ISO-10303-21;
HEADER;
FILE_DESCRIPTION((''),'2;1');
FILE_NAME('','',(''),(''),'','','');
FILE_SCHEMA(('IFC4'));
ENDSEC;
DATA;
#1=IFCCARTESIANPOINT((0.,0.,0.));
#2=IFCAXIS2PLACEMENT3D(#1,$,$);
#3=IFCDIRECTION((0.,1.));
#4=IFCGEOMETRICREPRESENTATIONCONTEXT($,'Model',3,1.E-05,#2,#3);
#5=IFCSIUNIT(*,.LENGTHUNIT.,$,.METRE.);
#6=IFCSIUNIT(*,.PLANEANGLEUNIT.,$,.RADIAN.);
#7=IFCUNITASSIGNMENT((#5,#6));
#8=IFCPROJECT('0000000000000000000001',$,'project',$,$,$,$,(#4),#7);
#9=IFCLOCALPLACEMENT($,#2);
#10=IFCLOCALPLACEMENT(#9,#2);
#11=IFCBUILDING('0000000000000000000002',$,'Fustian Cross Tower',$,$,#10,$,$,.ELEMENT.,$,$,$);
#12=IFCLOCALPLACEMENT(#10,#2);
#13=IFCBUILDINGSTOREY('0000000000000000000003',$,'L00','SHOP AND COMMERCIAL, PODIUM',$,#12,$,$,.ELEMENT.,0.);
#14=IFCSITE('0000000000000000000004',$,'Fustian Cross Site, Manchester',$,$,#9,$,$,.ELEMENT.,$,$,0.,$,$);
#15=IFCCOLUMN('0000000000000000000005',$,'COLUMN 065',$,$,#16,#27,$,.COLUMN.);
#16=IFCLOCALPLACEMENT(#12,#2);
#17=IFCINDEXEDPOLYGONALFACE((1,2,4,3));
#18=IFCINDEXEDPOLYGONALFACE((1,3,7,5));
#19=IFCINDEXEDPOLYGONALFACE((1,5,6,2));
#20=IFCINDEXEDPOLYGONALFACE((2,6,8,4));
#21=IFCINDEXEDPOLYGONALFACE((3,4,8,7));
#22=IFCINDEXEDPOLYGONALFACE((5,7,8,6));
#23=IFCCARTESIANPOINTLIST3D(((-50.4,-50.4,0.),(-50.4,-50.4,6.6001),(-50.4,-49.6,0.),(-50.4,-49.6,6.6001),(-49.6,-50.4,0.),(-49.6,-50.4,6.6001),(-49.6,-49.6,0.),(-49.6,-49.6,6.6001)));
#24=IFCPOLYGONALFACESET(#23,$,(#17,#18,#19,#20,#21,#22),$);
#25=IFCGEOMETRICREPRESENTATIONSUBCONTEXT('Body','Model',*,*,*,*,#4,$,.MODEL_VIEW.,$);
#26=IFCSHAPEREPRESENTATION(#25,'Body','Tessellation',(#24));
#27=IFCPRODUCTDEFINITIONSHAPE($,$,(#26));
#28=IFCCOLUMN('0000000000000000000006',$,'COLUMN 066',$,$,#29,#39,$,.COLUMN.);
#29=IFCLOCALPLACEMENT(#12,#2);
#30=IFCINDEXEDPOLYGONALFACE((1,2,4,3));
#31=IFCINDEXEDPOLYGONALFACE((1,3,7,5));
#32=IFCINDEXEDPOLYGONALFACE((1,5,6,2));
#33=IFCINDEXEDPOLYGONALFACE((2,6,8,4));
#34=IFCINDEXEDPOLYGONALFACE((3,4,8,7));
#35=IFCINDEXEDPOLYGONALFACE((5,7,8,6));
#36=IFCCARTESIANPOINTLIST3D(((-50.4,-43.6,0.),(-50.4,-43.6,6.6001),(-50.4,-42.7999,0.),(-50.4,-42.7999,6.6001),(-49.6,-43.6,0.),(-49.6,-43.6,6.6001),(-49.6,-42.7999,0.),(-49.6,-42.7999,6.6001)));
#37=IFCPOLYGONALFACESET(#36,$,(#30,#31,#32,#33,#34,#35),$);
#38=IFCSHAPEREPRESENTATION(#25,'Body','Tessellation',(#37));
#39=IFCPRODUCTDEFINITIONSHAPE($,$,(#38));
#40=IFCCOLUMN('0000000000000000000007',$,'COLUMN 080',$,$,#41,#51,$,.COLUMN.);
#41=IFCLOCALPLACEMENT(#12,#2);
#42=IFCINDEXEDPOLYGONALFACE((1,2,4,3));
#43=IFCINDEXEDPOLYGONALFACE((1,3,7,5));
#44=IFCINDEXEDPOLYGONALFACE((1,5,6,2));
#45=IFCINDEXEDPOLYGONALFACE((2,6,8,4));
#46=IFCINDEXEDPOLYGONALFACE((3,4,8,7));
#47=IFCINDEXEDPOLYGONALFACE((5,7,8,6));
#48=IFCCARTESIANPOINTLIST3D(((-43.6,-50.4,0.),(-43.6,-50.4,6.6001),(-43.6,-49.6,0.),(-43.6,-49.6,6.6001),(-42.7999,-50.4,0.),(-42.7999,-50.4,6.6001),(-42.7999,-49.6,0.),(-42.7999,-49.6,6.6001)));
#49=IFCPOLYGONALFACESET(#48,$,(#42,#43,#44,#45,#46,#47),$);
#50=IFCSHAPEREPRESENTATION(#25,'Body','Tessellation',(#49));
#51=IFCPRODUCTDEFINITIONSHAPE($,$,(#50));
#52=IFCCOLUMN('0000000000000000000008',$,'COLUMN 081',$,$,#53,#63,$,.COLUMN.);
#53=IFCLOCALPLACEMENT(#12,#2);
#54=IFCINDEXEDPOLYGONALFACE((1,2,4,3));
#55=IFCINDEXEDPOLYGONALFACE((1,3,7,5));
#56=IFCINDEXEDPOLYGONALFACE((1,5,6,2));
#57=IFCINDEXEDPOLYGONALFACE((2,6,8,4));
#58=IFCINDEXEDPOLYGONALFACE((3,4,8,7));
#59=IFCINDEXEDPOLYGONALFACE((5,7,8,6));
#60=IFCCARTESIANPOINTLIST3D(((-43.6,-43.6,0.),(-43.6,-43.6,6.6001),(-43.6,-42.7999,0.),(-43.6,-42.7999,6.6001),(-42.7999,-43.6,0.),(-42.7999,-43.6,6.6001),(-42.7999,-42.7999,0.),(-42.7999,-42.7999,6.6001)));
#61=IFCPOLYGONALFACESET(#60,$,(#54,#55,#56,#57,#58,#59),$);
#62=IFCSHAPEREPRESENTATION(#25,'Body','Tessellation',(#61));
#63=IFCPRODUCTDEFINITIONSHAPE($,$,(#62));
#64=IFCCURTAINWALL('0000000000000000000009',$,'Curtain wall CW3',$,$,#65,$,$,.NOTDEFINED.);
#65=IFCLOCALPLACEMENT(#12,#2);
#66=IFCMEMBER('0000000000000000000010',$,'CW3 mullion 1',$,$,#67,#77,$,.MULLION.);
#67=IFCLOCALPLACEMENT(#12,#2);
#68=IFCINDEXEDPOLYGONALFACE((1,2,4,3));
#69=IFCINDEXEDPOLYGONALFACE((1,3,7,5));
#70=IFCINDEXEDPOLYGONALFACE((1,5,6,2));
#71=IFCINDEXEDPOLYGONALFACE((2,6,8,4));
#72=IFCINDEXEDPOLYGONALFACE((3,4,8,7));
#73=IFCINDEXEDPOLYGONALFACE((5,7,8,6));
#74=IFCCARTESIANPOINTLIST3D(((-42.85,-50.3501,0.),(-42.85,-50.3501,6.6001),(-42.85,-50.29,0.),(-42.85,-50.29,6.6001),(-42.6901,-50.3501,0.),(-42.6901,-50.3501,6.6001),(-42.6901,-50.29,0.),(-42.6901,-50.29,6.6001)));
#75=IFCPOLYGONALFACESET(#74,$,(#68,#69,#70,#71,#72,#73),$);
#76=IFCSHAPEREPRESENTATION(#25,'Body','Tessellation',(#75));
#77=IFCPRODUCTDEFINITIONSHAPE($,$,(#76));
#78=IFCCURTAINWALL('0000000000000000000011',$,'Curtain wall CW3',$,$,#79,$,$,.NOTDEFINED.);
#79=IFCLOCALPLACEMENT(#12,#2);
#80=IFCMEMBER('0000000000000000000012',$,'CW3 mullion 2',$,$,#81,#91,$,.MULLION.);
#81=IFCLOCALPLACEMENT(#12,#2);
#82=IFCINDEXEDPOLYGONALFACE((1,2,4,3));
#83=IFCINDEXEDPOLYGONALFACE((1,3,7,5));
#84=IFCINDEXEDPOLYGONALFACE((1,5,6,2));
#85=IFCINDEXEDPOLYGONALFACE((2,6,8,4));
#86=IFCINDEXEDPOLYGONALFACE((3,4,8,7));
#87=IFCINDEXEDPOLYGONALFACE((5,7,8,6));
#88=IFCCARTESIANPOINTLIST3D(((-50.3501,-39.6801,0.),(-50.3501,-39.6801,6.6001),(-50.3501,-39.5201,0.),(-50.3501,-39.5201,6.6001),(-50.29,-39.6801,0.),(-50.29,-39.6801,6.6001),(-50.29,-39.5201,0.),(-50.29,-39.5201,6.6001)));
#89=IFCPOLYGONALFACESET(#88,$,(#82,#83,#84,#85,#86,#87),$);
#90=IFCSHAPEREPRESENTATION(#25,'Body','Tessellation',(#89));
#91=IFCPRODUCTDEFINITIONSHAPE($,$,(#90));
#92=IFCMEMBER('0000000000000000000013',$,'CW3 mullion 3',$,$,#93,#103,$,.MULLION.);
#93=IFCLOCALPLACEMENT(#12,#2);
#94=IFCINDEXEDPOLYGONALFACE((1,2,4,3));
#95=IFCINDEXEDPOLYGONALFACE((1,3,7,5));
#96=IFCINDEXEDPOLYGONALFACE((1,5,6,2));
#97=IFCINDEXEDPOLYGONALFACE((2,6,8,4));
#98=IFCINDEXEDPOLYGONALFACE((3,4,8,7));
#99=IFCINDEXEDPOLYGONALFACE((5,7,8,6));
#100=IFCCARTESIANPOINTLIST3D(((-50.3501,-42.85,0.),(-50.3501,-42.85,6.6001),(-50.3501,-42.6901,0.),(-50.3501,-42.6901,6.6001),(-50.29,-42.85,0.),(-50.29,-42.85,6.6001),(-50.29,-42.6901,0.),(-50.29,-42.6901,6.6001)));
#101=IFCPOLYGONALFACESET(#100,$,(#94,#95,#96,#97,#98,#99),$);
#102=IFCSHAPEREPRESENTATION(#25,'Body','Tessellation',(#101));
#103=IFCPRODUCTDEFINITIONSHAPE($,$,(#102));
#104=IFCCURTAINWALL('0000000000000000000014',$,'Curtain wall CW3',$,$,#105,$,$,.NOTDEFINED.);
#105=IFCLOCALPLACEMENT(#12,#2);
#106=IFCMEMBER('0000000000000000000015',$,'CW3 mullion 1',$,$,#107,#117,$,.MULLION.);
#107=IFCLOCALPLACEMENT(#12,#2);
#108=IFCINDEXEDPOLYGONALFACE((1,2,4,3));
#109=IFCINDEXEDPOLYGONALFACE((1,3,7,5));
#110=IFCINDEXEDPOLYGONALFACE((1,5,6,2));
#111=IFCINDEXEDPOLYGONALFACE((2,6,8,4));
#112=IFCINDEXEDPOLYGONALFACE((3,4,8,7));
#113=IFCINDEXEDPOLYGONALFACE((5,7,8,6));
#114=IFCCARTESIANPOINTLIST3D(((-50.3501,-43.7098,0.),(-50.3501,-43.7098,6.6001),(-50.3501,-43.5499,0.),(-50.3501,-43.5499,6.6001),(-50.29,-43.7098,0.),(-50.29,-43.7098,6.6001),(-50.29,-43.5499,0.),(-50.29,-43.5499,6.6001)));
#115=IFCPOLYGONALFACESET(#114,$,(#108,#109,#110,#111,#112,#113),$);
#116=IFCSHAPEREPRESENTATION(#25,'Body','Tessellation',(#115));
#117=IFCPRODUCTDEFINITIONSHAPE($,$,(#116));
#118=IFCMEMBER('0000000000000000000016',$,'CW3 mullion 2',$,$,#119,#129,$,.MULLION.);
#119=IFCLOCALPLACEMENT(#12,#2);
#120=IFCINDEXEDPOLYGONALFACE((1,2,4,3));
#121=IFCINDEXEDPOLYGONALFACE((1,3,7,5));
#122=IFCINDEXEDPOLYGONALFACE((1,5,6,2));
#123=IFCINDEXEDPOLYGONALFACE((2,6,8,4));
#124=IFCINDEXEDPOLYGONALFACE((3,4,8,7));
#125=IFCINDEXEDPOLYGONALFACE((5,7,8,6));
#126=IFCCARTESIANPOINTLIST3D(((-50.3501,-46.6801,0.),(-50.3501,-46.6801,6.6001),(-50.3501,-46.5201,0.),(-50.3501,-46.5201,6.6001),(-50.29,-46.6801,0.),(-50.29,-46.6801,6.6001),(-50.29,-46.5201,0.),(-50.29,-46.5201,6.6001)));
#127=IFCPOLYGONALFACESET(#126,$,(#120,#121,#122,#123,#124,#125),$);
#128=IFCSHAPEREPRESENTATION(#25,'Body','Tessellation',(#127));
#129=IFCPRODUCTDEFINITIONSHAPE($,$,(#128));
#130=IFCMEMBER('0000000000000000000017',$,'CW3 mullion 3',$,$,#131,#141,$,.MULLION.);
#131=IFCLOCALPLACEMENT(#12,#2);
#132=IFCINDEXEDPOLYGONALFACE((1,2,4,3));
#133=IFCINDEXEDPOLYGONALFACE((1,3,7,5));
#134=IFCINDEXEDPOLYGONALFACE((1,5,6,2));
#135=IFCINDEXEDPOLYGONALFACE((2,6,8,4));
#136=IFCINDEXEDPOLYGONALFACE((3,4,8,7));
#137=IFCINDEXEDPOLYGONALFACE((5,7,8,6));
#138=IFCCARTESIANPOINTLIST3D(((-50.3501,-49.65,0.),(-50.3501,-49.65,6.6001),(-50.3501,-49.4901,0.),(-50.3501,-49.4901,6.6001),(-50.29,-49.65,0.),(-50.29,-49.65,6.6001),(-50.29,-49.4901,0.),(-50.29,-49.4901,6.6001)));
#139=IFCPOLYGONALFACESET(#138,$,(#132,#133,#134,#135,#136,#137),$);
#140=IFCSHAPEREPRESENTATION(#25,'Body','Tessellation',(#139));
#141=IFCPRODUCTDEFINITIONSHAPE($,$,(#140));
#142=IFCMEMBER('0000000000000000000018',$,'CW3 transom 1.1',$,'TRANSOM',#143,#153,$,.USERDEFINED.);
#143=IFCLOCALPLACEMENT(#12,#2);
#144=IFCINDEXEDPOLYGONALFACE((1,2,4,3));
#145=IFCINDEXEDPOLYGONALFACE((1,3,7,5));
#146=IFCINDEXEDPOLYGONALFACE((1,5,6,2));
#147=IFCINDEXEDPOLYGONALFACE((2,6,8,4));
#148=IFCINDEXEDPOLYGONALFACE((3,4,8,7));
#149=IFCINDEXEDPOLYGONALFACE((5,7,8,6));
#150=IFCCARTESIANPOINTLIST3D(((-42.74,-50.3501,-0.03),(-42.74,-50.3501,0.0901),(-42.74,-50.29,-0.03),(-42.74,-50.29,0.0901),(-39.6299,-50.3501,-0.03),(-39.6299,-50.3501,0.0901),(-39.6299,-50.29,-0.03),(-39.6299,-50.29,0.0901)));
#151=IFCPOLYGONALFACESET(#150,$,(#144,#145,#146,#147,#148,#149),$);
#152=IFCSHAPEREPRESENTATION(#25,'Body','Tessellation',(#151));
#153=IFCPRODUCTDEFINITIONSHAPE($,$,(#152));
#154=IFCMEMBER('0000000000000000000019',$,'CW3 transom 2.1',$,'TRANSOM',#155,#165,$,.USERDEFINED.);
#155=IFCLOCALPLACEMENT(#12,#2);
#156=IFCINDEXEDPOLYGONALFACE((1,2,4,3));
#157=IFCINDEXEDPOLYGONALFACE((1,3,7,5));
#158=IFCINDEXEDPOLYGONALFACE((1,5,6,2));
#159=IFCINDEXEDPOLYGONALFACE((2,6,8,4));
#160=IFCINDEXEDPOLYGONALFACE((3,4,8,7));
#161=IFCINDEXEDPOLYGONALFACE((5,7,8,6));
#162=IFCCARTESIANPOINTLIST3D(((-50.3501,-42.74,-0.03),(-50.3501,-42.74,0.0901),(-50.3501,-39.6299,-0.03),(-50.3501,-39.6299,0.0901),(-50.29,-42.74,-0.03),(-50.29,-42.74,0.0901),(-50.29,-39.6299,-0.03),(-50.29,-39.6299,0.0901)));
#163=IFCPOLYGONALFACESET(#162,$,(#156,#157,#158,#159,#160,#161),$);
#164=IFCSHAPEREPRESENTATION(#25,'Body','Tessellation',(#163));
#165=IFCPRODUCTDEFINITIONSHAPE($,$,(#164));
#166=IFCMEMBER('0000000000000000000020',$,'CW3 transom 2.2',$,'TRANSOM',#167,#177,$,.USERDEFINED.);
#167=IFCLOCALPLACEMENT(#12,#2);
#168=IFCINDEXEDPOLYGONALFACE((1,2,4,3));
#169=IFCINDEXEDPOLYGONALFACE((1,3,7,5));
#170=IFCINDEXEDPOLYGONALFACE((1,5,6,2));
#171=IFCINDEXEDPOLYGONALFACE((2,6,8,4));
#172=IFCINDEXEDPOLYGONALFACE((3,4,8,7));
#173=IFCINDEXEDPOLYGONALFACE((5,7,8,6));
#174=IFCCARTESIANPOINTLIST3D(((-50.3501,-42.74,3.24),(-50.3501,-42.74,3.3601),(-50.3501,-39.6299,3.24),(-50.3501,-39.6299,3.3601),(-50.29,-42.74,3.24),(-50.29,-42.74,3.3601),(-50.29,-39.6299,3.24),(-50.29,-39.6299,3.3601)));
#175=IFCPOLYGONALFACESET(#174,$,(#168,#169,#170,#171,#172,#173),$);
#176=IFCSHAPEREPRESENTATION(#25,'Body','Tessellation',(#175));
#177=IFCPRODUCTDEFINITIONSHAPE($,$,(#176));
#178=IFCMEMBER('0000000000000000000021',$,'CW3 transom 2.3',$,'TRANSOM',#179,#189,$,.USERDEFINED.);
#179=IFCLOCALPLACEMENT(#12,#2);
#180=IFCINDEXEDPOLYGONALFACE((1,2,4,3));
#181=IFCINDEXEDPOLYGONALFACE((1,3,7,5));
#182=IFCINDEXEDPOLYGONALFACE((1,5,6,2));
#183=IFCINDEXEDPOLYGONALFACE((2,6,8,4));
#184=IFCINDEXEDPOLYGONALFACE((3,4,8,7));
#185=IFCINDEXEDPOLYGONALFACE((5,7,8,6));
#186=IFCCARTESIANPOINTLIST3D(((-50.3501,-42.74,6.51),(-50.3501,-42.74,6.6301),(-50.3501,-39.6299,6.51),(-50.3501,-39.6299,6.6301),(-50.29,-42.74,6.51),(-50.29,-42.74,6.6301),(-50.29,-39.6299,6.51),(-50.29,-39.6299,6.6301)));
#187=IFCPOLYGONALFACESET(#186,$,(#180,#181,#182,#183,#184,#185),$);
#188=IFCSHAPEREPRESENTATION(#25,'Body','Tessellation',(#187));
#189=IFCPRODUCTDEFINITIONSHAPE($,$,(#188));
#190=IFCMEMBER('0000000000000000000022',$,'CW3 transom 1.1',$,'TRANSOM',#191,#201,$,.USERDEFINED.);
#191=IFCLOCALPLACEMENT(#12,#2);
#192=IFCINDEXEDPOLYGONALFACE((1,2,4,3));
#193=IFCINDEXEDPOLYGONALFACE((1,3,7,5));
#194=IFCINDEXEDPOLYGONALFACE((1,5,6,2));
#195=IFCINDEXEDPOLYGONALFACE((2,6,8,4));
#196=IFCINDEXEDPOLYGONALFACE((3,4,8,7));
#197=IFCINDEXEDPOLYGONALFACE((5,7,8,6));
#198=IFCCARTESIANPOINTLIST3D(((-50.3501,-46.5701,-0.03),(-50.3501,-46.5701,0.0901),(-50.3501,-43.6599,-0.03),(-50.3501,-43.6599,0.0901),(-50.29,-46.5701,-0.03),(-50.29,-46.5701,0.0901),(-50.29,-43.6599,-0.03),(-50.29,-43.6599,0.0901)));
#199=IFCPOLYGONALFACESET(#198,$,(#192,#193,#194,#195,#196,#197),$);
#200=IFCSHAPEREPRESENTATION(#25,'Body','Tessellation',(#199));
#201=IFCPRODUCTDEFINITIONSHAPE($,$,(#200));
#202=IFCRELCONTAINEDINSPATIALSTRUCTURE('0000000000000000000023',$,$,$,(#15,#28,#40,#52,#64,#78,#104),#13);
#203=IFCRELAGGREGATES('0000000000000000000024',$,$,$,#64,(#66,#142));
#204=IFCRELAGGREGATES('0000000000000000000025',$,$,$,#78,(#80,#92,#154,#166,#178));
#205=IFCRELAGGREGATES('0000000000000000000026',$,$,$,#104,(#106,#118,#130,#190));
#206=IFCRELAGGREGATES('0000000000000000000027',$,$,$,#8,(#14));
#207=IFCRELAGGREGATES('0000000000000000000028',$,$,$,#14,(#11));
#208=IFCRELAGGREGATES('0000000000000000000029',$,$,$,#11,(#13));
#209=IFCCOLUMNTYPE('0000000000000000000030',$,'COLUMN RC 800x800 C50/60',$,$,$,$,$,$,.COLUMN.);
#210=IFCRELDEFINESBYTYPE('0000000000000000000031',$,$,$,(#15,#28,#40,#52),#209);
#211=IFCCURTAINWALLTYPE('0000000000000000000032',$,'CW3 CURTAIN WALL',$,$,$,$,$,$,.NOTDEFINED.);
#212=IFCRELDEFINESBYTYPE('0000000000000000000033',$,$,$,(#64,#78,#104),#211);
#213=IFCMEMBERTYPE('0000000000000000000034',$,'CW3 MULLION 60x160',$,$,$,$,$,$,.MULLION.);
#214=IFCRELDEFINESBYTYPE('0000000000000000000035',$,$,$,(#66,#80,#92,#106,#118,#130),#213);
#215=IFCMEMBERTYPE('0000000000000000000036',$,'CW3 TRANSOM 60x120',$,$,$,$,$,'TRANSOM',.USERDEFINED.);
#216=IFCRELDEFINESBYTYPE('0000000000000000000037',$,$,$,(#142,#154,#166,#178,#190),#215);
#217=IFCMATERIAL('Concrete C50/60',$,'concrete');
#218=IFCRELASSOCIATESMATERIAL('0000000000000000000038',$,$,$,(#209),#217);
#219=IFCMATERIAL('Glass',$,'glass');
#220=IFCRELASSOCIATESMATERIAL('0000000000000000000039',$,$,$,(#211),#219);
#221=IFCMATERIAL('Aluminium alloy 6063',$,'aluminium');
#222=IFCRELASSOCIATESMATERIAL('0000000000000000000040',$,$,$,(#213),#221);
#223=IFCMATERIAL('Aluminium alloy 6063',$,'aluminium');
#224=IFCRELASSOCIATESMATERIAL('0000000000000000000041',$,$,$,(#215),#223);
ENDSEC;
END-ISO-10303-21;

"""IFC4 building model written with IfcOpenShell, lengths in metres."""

from ifc_helpers import new_model, si_unit, direction, frame, origin, origin_2d, place, context, subcontext, project, spatial, rectangle, extrude, material, material_profile, profile_set, type_object, element, aggregate, save


model = new_model("IFC4")

# Units and contexts
model_context = context("Model", 3, precision=1e-05, world=origin(), true_north=direction((0.0, 1.0)))
body_context = subcontext(model_context, "Body", "Model", "MODEL_VIEW")
ifc_project = project(units=[si_unit("LENGTHUNIT", "METRE"), si_unit("PLANEANGLEUNIT", "RADIAN")], contexts=[model_context])

# Site, building, storey
site_placement = place(None, origin())
site = spatial("IfcSite", under=ifc_project, at=site_placement, Name="Fustian Cross Site, Manchester", CompositionType="ELEMENT", RefElevation=0.0)
building_placement = place(site_placement, origin())
building = spatial("IfcBuilding", under=site, at=building_placement, Name="Fustian Cross Tower", CompositionType="ELEMENT")
storey_placement = place(building_placement, origin())
storey = spatial("IfcBuildingStorey", under=building, at=storey_placement, Name="L00", Description="SHOP AND COMMERCIAL, PODIUM", CompositionType="ELEMENT", Elevation=0.0)

# Columns
ifc_material_1 = material(Name="Concrete C50/60", Category="concrete")
ifc_material_profile_1 = material_profile(ifc_material_1, rectangle(XDim=0.8, YDim=0.8, at=origin_2d()), Name="RC 800x800")
ifc_profile_set_1 = profile_set([ifc_material_profile_1], Name="Concrete C50/60")
column_type = type_object("IfcColumnType", Name="COLUMN RC 800x800 C50/60", PredefinedType="COLUMN", material=ifc_profile_set_1)
for number, where, z_axis, x_axis, name in (
    (1, (-50.0, -50.0, 0.0), (0.0, 0.0, 1.0), (1.0, 0.0, 0.0), "COLUMN 065"),
    (2, (-50.0, -43.2, 0.0), (0.0, 0.0, 1.0), (1.0, 0.0, 0.0), "COLUMN 066"),
    (3, (-43.2, -50.0, 0.0), (0.0, 0.0, 1.0), (1.0, 0.0, 0.0), "COLUMN 080"),
    (4, (-43.2, -43.2, 0.0), (0.0, 0.0, 1.0), (1.0, 0.0, 0.0), "COLUMN 081"),
):
    element("IfcColumn", number, at=place(storey_placement, frame(where, z_axis=z_axis, x_axis=x_axis)), inside=storey, type_object=column_type, Name=name, PredefinedType="COLUMN", context=body_context, shape_type="SweptSolid", body=[
        extrude(rectangle(XDim=0.8, YDim=0.8, at=origin_2d()), origin(), (0.0, 0.0, 1.0), 6.6001),
    ])

# Curtain wall, member
ifc_material_2 = material(Name="Glass", Category="glass")
curtain_wall_type = type_object("IfcCurtainWallType", Name="CW3 CURTAIN WALL", PredefinedType="NOTDEFINED", material=ifc_material_2)
curtain_wall_1_placement = place(storey_placement, origin())
curtain_wall_1 = element("IfcCurtainWall", 5, at=curtain_wall_1_placement, inside=storey, type_object=curtain_wall_type, Name="Curtain wall CW3", PredefinedType="NOTDEFINED")
ifc_material_3 = material(Name="Aluminium alloy 6063", Category="aluminium")
ifc_material_profile_2 = material_profile(ifc_material_3, rectangle(XDim=0.0601, YDim=0.1599, at=origin_2d()), Name="CW3 MULLION 60x160")
ifc_profile_set_2 = profile_set([ifc_material_profile_2], Name="Aluminium alloy 6063")
member_type_1 = type_object("IfcMemberType", Name="CW3 MULLION 60x160", PredefinedType="MULLION", material=ifc_profile_set_2)
member_1_placement = place(storey_placement, frame((-42.77, -50.3201, 0.0), z_axis=(0.0, 0.0, 1.0), x_axis=(0.0, 1.0, 0.0)))
member_1 = element("IfcMember", 6, at=member_1_placement, type_object=member_type_1, Name="CW3 mullion 1", PredefinedType="MULLION", context=body_context, shape_type="SweptSolid", body=[
    extrude(rectangle(XDim=0.0601, YDim=0.1599, at=origin_2d()), origin(), (0.0, 0.0, 1.0), 6.6001),
])

# Curtain walls, members
curtain_wall_2_placement = place(storey_placement, origin())
curtain_wall_2 = element("IfcCurtainWall", 7, at=curtain_wall_2_placement, inside=storey, type_object=curtain_wall_type, Name="Curtain wall CW3", PredefinedType="NOTDEFINED")
member_2_placement = place(storey_placement, frame((-50.3201, -39.6001, 0.0), z_axis=(0.0, 0.0, 1.0), x_axis=(1.0, 0.0, 0.0)))
member_2 = element("IfcMember", 8, at=member_2_placement, type_object=member_type_1, Name="CW3 mullion 2", PredefinedType="MULLION", context=body_context, shape_type="SweptSolid", body=[
    extrude(rectangle(XDim=0.0601, YDim=0.1599, at=origin_2d()), origin(), (0.0, 0.0, 1.0), 6.6001),
])
member_3_placement = place(storey_placement, frame((-50.3201, -42.77, 0.0), z_axis=(0.0, 0.0, 1.0), x_axis=(1.0, 0.0, 0.0)))
member_3 = element("IfcMember", 9, at=member_3_placement, type_object=member_type_1, Name="CW3 mullion 3", PredefinedType="MULLION", context=body_context, shape_type="SweptSolid", body=[
    extrude(rectangle(XDim=0.0601, YDim=0.1599, at=origin_2d()), origin(), (0.0, 0.0, 1.0), 6.6001),
])
curtain_wall_3_placement = place(storey_placement, origin())
curtain_wall_3 = element("IfcCurtainWall", 10, at=curtain_wall_3_placement, inside=storey, type_object=curtain_wall_type, Name="Curtain wall CW3", PredefinedType="NOTDEFINED")
member_4_placement = place(storey_placement, frame((-50.3201, -43.6299, 0.0), z_axis=(0.0, 0.0, 1.0), x_axis=(1.0, 0.0, 0.0)))
member_4 = element("IfcMember", 11, at=member_4_placement, type_object=member_type_1, Name="CW3 mullion 1", PredefinedType="MULLION", context=body_context, shape_type="SweptSolid", body=[
    extrude(rectangle(XDim=0.0601, YDim=0.1599, at=origin_2d()), origin(), (0.0, 0.0, 1.0), 6.6001),
])
member_5_placement = place(storey_placement, frame((-50.3201, -46.6001, 0.0), z_axis=(0.0, 0.0, 1.0), x_axis=(1.0, 0.0, 0.0)))
member_5 = element("IfcMember", 12, at=member_5_placement, type_object=member_type_1, Name="CW3 mullion 2", PredefinedType="MULLION", context=body_context, shape_type="SweptSolid", body=[
    extrude(rectangle(XDim=0.0601, YDim=0.1599, at=origin_2d()), origin(), (0.0, 0.0, 1.0), 6.6001),
])
member_6_placement = place(storey_placement, frame((-50.3201, -49.5701, 0.0), z_axis=(0.0, 0.0, 1.0), x_axis=(1.0, 0.0, 0.0)))
member_6 = element("IfcMember", 13, at=member_6_placement, type_object=member_type_1, Name="CW3 mullion 3", PredefinedType="MULLION", context=body_context, shape_type="SweptSolid", body=[
    extrude(rectangle(XDim=0.0601, YDim=0.1599, at=origin_2d()), origin(), (0.0, 0.0, 1.0), 6.6001),
])

# Members
ifc_material_4 = material(Name="Aluminium alloy 6063", Category="aluminium")
ifc_material_profile_3 = material_profile(ifc_material_4, rectangle(XDim=0.0601, YDim=0.1201, at=origin_2d()), Name="CW3 TRANSOM 60x120")
ifc_profile_set_3 = profile_set([ifc_material_profile_3], Name="Aluminium alloy 6063")
member_type_2 = type_object("IfcMemberType", Name="CW3 TRANSOM 60x120", ElementType="TRANSOM", PredefinedType="USERDEFINED", material=ifc_profile_set_3)
member_7_placement = place(storey_placement, frame((-42.74, -50.3201, 0.03), z_axis=(1.0, 0.0, 0.0), x_axis=(0.0, 1.0, 0.0)))
member_7 = element("IfcMember", 14, at=member_7_placement, type_object=member_type_2, Name="CW3 transom 1.1", ObjectType="TRANSOM", PredefinedType="USERDEFINED", context=body_context, shape_type="SweptSolid", body=[
    extrude(rectangle(XDim=0.0601, YDim=0.1201, at=origin_2d()), origin(), (0.0, 0.0, 1.0), 3.1101),
])
aggregate(curtain_wall_1, [member_1, member_7])
member_8_placement = place(storey_placement, frame((-50.3201, -39.6299, 0.03), z_axis=(0.0, -1.0, 0.0), x_axis=(1.0, 0.0, 0.0)))
member_8 = element("IfcMember", 15, at=member_8_placement, type_object=member_type_2, Name="CW3 transom 2.1", ObjectType="TRANSOM", PredefinedType="USERDEFINED", context=body_context, shape_type="SweptSolid", body=[
    extrude(rectangle(XDim=0.0601, YDim=0.1201, at=origin_2d()), origin(), (0.0, 0.0, 1.0), 3.1101),
])
member_9_placement = place(storey_placement, frame((-50.3201, -39.6299, 3.3), z_axis=(0.0, -1.0, 0.0), x_axis=(1.0, 0.0, 0.0)))
member_9 = element("IfcMember", 16, at=member_9_placement, type_object=member_type_2, Name="CW3 transom 2.2", ObjectType="TRANSOM", PredefinedType="USERDEFINED", context=body_context, shape_type="SweptSolid", body=[
    extrude(rectangle(XDim=0.0601, YDim=0.1201, at=origin_2d()), origin(), (0.0, 0.0, 1.0), 3.1101),
])
member_10_placement = place(storey_placement, frame((-50.3201, -39.6299, 6.5701), z_axis=(0.0, -1.0, 0.0), x_axis=(1.0, 0.0, 0.0)))
member_10 = element("IfcMember", 17, at=member_10_placement, type_object=member_type_2, Name="CW3 transom 2.3", ObjectType="TRANSOM", PredefinedType="USERDEFINED", context=body_context, shape_type="SweptSolid", body=[
    extrude(rectangle(XDim=0.0601, YDim=0.1201, at=origin_2d()), origin(), (0.0, 0.0, 1.0), 3.1101),
])
member_11_placement = place(storey_placement, frame((-50.3201, -43.6599, 0.03), z_axis=(0.0, -1.0, 0.0), x_axis=(1.0, 0.0, 0.0)))
member_11 = element("IfcMember", 18, at=member_11_placement, type_object=member_type_2, Name="CW3 transom 1.1", ObjectType="TRANSOM", PredefinedType="USERDEFINED", context=body_context, shape_type="SweptSolid", body=[
    extrude(rectangle(XDim=0.0601, YDim=0.1201, at=origin_2d()), origin(), (0.0, 0.0, 1.0), 2.9102),
])

aggregate(curtain_wall_2, [member_2, member_3, member_8, member_9, member_10])
aggregate(curtain_wall_3, [member_4, member_5, member_6, member_11])

save(model, "model.ifc")
